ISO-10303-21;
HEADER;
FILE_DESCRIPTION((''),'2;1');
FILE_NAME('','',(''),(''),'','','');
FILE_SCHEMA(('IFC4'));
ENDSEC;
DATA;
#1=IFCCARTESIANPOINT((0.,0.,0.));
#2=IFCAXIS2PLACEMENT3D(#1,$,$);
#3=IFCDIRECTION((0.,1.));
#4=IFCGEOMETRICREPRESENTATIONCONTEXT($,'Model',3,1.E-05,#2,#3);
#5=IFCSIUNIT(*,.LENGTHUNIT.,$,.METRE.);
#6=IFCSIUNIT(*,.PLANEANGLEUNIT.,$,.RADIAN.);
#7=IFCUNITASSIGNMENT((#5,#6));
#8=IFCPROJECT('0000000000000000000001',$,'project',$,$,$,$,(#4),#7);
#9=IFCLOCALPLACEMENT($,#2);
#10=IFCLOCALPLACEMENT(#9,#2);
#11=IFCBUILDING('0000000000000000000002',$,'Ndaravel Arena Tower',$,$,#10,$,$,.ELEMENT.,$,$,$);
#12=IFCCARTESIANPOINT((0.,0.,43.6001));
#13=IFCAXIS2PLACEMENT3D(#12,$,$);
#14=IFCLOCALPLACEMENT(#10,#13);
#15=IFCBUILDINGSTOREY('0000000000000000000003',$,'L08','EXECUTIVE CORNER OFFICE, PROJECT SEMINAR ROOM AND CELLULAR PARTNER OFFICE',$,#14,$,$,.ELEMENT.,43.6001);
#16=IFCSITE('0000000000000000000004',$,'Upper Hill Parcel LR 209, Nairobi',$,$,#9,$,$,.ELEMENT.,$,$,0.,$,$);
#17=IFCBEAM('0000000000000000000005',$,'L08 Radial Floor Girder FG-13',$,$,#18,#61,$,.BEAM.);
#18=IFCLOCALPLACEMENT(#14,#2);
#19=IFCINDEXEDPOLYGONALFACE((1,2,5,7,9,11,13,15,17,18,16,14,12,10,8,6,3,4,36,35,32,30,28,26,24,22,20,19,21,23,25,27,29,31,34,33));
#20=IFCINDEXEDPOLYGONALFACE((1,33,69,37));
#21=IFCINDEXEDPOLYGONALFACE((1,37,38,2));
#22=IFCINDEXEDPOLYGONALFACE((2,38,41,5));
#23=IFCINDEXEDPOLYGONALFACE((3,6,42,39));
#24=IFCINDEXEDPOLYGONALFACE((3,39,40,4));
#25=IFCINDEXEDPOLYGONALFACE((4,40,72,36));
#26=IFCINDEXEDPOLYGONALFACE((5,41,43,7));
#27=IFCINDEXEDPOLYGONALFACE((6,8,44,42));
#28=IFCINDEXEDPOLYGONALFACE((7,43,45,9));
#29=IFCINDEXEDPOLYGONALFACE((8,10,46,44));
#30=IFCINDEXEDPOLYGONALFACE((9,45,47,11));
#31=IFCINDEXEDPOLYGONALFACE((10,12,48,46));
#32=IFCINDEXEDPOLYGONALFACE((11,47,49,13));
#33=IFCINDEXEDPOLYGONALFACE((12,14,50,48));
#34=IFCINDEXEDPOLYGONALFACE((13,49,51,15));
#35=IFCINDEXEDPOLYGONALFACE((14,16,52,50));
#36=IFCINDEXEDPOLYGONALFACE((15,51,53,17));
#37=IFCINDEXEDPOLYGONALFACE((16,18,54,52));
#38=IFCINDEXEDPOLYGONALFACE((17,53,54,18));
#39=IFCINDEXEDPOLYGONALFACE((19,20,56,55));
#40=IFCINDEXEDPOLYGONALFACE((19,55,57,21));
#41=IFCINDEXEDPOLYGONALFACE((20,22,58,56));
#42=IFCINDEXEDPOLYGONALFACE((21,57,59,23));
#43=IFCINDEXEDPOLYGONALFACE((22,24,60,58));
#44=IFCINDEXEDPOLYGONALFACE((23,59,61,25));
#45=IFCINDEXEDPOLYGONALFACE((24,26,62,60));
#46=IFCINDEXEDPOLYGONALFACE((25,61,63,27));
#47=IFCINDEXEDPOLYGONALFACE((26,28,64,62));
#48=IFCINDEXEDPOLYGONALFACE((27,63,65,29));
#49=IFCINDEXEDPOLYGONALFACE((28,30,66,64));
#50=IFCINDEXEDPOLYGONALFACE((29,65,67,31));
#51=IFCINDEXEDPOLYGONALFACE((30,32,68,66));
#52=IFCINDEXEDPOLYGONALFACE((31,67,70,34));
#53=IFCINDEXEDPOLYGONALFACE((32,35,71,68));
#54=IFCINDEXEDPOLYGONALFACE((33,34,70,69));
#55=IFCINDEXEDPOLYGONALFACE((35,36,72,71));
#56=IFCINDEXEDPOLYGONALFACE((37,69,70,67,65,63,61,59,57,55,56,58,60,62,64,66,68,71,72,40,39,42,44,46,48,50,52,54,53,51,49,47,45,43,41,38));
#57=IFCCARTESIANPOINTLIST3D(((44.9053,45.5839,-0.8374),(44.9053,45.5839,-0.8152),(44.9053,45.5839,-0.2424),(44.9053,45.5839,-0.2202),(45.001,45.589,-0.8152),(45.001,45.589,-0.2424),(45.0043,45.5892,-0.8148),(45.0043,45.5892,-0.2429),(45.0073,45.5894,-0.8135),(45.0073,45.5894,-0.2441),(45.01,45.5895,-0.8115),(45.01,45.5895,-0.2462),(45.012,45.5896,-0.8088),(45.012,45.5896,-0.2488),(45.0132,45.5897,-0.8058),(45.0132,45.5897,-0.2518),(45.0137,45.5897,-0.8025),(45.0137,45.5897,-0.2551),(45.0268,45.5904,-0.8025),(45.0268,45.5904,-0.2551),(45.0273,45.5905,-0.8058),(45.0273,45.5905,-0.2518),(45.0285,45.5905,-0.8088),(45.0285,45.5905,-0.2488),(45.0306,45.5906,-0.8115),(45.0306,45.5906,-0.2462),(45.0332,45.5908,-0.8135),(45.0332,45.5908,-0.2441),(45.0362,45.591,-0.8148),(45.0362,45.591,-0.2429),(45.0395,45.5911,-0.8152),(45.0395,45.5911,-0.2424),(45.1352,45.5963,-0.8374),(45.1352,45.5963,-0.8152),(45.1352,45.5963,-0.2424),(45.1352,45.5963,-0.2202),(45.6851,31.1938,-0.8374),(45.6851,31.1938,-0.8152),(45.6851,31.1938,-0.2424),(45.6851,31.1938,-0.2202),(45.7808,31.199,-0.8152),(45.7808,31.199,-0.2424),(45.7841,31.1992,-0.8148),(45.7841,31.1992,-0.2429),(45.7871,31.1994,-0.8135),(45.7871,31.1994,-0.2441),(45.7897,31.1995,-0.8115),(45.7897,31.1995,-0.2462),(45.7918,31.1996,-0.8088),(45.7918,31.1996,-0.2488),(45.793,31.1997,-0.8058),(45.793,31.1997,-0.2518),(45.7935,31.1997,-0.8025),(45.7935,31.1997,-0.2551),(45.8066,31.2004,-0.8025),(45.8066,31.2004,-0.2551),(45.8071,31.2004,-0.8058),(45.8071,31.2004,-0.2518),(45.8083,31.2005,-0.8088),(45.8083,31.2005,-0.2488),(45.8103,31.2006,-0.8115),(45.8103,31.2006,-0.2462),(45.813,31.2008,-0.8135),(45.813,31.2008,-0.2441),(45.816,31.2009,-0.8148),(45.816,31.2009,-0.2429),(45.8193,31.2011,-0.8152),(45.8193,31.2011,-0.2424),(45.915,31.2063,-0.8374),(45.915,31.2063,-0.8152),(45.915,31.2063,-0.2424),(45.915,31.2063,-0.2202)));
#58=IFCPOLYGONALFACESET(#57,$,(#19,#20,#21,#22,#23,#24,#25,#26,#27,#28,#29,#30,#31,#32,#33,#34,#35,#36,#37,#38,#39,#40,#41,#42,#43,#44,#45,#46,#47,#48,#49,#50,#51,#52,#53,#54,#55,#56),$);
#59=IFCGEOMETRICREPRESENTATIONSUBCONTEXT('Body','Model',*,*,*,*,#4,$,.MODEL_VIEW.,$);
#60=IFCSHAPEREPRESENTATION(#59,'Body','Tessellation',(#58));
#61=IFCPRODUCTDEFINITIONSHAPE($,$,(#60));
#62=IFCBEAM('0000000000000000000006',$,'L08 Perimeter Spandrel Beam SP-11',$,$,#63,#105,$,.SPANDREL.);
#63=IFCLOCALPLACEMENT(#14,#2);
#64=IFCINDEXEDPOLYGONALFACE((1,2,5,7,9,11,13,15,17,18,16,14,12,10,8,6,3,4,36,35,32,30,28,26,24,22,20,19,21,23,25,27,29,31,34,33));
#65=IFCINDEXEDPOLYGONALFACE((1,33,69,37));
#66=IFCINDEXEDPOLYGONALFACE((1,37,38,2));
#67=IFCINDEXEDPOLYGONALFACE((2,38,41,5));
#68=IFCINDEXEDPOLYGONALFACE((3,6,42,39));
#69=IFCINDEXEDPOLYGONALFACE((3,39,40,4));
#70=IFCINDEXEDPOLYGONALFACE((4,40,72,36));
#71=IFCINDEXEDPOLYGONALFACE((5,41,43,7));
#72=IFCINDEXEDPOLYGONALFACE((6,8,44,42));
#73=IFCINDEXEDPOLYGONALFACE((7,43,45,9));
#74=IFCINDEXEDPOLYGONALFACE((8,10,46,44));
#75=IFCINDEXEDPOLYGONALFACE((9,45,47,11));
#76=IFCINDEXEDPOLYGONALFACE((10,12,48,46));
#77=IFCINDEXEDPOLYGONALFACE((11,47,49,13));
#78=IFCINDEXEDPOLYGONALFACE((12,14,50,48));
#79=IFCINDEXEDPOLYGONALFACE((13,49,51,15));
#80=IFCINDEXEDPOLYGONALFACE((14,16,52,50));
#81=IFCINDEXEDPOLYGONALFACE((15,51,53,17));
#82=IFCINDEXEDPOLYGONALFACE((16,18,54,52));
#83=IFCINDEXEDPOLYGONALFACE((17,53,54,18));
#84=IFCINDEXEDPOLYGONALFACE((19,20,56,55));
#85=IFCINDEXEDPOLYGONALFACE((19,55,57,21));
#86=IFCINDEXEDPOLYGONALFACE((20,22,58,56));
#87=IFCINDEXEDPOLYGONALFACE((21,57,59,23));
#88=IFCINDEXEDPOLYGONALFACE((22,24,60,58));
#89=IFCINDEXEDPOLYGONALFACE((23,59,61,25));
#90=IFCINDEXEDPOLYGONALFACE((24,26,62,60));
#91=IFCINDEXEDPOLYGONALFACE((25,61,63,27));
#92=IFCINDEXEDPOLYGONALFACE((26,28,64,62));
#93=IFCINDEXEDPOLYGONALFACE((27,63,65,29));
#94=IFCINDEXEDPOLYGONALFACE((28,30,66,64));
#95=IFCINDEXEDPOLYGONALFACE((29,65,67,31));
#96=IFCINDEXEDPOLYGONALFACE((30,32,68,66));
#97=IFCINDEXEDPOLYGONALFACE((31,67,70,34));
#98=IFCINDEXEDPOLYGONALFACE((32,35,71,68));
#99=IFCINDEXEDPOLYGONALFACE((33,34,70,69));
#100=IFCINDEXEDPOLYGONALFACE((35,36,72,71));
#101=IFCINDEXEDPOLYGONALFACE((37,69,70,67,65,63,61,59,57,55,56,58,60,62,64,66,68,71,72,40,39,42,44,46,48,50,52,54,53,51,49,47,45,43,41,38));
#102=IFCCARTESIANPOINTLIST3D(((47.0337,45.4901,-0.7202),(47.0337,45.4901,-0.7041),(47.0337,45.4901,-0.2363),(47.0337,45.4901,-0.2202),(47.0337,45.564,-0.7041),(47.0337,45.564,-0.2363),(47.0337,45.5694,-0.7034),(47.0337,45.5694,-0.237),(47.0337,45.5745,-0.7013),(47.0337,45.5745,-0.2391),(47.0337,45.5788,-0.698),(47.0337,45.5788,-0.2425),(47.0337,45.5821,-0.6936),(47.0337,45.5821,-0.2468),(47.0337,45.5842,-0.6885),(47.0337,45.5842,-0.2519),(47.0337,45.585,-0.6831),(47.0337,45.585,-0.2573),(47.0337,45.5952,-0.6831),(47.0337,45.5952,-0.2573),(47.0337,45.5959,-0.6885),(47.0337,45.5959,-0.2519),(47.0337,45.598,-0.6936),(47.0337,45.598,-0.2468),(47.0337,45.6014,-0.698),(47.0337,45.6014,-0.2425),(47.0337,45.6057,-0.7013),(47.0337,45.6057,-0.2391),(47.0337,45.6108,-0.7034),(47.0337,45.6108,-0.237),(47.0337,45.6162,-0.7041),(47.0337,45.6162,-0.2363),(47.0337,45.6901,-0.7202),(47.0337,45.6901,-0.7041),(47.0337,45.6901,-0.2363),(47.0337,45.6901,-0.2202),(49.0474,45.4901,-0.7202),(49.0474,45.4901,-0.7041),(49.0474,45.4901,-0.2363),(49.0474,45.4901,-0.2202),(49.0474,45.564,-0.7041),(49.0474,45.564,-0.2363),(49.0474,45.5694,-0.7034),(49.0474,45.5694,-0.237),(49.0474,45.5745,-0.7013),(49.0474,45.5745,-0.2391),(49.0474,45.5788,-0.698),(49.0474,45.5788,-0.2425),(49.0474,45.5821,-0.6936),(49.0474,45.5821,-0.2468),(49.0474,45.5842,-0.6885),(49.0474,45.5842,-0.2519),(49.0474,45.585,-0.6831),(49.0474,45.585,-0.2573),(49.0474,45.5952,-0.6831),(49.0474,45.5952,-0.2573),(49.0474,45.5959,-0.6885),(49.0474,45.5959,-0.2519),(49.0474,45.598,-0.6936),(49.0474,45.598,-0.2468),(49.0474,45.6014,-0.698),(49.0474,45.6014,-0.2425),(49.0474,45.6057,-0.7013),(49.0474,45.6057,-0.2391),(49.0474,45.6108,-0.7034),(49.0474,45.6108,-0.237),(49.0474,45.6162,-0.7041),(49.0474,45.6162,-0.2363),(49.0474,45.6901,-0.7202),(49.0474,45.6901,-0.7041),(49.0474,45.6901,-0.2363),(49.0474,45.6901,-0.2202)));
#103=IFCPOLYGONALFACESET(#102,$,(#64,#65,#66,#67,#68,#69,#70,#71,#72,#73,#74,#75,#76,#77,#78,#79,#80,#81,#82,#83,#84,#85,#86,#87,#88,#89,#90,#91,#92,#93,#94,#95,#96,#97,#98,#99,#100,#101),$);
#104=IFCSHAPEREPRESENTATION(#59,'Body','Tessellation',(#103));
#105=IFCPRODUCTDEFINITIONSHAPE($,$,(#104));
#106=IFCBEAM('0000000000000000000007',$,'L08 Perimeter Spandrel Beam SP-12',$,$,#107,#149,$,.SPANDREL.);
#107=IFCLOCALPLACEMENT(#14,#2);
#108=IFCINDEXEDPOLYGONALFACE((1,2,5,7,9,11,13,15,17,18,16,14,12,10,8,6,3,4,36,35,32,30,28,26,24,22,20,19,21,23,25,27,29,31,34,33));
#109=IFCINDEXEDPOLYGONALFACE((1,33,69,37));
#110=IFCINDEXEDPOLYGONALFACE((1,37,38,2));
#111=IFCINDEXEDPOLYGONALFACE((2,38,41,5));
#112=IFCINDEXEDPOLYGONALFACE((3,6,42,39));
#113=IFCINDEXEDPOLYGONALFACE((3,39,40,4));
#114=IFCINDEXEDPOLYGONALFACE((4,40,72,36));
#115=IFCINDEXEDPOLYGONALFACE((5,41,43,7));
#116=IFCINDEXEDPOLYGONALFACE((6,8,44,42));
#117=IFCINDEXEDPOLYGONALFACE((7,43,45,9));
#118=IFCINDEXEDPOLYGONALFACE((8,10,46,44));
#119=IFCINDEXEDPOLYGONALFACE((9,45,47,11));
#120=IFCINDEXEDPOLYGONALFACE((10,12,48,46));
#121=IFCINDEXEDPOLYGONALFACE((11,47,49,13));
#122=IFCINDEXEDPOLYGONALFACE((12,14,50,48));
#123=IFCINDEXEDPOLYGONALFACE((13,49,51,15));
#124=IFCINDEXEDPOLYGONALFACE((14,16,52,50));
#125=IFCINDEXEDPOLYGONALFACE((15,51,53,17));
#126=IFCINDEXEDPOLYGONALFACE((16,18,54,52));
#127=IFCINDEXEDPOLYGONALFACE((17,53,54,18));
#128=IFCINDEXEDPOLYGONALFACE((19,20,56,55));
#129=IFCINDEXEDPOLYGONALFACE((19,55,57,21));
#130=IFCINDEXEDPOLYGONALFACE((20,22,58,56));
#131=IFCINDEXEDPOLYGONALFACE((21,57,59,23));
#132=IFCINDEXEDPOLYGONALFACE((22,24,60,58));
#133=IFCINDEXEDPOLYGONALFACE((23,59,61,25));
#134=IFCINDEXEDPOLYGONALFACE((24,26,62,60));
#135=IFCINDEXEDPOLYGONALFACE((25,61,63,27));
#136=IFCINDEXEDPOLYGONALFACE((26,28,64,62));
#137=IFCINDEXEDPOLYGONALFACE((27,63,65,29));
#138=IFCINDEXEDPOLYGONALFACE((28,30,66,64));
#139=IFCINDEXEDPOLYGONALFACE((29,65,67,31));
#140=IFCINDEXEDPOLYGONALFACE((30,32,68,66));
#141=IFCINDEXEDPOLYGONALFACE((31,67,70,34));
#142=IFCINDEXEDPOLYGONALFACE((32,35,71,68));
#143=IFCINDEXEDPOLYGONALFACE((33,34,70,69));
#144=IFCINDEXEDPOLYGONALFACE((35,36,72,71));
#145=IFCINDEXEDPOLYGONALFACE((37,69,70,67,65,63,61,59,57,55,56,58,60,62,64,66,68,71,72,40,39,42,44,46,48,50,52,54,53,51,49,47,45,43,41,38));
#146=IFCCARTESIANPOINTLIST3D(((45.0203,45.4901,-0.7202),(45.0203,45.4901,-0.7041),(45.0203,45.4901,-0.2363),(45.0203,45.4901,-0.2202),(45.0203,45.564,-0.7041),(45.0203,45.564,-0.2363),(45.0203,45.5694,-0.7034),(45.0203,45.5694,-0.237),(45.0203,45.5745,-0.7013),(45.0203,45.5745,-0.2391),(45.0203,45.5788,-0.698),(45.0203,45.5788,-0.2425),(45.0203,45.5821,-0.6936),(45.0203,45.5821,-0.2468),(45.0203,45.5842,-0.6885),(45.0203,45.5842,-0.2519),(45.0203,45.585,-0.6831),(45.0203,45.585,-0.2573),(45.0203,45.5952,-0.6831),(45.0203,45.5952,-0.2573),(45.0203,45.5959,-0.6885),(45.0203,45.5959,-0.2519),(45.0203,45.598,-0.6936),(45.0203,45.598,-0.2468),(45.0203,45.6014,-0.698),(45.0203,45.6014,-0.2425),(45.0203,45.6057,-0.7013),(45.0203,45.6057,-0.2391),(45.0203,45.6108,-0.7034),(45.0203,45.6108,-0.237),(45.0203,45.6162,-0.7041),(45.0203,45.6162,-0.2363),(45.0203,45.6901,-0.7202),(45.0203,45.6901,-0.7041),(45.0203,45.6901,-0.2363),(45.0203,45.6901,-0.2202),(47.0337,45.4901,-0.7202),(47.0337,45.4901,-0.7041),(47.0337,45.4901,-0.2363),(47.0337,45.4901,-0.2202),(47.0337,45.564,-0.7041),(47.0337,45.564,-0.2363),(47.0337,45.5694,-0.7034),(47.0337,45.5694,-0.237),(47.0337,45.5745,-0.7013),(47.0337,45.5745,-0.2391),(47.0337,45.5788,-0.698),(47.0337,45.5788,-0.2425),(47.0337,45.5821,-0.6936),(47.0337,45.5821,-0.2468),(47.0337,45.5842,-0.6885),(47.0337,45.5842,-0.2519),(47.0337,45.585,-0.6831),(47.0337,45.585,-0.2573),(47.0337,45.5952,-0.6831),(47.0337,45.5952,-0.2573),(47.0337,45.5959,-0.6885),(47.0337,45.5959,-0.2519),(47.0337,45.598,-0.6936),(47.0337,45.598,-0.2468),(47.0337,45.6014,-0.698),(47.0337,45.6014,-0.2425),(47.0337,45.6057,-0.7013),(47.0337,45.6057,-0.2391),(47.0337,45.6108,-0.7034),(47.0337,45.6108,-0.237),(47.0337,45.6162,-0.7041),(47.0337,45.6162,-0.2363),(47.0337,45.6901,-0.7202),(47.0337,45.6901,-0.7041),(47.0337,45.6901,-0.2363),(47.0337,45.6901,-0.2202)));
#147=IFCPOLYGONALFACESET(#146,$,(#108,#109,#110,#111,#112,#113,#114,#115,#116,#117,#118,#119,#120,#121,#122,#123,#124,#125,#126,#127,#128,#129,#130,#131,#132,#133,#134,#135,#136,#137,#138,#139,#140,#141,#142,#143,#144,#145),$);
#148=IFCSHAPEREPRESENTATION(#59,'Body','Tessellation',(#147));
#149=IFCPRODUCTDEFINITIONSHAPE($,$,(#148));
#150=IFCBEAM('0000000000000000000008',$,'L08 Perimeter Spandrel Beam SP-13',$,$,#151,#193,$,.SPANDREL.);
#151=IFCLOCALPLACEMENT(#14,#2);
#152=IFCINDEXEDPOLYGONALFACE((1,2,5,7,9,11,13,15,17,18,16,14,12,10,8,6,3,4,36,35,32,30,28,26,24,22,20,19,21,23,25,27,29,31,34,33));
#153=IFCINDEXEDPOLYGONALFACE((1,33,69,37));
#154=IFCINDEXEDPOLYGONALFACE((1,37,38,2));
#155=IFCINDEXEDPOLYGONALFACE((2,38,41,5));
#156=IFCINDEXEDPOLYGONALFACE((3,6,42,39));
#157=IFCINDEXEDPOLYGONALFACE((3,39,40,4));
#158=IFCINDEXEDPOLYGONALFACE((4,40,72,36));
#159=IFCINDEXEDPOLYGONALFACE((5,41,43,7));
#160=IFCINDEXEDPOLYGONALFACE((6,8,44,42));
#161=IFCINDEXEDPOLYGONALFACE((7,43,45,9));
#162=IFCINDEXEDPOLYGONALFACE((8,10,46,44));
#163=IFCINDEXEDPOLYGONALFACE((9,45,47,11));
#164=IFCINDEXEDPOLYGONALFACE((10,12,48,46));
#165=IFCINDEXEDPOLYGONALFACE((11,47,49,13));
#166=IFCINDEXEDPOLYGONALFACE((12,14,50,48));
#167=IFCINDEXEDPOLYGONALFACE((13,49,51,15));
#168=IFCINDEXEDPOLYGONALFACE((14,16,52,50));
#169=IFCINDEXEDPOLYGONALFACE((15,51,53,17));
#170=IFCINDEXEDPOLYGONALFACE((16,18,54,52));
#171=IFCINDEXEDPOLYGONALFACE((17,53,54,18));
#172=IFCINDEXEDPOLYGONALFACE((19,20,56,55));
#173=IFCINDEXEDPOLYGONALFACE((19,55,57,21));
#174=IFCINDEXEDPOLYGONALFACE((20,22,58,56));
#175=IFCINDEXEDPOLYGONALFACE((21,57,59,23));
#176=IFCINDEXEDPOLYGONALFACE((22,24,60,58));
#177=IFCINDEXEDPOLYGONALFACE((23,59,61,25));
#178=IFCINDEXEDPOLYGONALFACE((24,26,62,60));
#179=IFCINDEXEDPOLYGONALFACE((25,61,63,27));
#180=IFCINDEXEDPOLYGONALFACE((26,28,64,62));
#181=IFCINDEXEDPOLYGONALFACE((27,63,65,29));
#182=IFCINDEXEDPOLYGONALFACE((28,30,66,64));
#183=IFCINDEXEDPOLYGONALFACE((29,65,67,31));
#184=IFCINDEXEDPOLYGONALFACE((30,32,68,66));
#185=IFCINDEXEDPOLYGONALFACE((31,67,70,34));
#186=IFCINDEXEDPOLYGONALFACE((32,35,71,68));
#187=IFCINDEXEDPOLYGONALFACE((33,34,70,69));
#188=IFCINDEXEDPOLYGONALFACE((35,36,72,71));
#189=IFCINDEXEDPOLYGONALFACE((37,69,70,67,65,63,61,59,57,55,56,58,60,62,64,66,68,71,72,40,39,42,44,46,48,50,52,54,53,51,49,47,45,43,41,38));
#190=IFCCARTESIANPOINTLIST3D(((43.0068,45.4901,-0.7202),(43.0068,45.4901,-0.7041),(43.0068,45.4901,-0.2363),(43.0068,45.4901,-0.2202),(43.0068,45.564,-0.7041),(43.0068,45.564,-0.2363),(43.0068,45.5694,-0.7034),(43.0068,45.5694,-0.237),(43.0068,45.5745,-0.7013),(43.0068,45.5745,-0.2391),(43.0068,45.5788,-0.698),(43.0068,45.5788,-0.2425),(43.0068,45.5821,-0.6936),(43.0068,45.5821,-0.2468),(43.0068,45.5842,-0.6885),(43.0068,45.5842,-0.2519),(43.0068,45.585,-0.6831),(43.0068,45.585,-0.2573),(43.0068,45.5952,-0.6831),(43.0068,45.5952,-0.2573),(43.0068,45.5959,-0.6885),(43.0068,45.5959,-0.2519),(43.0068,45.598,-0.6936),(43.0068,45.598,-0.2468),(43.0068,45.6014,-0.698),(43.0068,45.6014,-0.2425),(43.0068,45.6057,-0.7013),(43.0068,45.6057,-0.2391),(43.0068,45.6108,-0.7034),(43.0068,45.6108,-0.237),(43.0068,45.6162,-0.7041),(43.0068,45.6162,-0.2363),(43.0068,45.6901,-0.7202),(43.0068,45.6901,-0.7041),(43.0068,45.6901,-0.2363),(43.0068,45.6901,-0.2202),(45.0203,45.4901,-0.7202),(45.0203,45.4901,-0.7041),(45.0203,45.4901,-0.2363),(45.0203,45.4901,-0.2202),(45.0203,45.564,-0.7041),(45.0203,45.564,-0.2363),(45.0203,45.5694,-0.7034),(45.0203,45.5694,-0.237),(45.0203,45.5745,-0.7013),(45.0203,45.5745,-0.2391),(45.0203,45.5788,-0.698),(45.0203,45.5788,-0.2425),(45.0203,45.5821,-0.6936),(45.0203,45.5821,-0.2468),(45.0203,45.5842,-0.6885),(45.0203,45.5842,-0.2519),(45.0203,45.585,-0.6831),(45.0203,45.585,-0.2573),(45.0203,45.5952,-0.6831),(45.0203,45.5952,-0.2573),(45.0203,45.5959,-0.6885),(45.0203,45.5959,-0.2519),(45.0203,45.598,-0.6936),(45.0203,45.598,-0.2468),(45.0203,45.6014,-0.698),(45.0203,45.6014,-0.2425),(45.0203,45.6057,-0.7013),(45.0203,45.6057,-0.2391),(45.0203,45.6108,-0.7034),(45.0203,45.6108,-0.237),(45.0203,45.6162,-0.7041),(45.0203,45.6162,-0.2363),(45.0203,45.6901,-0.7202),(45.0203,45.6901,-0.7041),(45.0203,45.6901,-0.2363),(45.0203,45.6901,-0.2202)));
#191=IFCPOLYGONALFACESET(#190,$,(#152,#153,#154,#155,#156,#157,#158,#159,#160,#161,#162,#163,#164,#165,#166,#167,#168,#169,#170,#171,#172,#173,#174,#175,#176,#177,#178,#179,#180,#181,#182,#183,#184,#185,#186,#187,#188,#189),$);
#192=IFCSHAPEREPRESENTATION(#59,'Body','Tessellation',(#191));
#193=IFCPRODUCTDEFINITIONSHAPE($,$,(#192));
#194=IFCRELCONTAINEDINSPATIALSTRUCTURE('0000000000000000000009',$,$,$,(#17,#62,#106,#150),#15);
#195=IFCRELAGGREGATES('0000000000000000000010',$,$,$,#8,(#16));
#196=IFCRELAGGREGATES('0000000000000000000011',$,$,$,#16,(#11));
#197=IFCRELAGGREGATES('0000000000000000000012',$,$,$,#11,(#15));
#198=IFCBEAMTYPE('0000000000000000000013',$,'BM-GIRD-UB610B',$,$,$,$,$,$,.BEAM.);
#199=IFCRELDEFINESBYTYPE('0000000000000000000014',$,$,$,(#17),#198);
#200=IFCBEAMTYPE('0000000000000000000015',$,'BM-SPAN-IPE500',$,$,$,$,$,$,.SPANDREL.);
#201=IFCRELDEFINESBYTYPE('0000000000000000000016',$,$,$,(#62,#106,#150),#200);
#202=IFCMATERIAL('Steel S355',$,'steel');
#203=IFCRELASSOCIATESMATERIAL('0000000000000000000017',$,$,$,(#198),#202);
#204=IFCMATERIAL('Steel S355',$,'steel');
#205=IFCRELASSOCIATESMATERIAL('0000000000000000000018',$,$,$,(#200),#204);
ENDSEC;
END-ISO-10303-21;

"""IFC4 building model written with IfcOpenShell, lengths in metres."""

from ifc_helpers import new_model, si_unit, direction, frame, origin, origin_2d, place, context, subcontext, project, spatial, i_section, extrude, material, material_profile, profile_set, type_object, element, save


model = new_model("IFC4")

# Units and contexts
model_context = context("Model", 3, precision=1e-05, world=origin(), true_north=direction((0.0, 1.0)))
body_context = subcontext(model_context, "Body", "Model", "MODEL_VIEW")
ifc_project = project(units=[si_unit("LENGTHUNIT", "METRE"), si_unit("PLANEANGLEUNIT", "RADIAN")], contexts=[model_context])

# Site, building, storey
site_placement = place(None, origin())
site = spatial("IfcSite", under=ifc_project, at=site_placement, Name="Upper Hill Parcel LR 209, Nairobi", CompositionType="ELEMENT", RefElevation=0.0)
building_placement = place(site_placement, origin())
building = spatial("IfcBuilding", under=site, at=building_placement, Name="Ndaravel Arena Tower", CompositionType="ELEMENT")
storey_placement = place(building_placement, frame((0.0, 0.0, 43.6001)))
storey = spatial("IfcBuildingStorey", under=building, at=storey_placement, Name="L08", Description="EXECUTIVE CORNER OFFICE, PROJECT SEMINAR ROOM AND CELLULAR PARTNER OFFICE", CompositionType="ELEMENT", Elevation=43.6001)

# Beams
ifc_material_1 = material(Name="Steel S355", Category="steel")
ifc_material_profile_1 = material_profile(ifc_material_1, i_section(OverallWidth=0.2302, OverallDepth=0.6172, WebThickness=0.0132, FlangeThickness=0.0222, FilletRadius=0.0127, at=origin_2d()), Name="UB 610x229x140")
ifc_profile_set_1 = profile_set([ifc_material_profile_1], Name="Steel S355")
beam_type_1 = type_object("IfcBeamType", Name="BM-GIRD-UB610B", PredefinedType="BEAM", material=ifc_profile_set_1)
beam_1_placement = place(storey_placement, frame((45.0203, 45.5901, -0.5288), z_axis=(0.054109, -0.998535, 0.0), x_axis=(0.998535, 0.054109, 0.0)))
element("IfcBeam", 1, at=beam_1_placement, inside=storey, type_object=beam_type_1, Name="L08 Radial Floor Girder FG-13", PredefinedType="BEAM", context=body_context, shape_type="SweptSolid", body=[
    extrude(i_section(OverallWidth=0.2302, OverallDepth=0.6172, WebThickness=0.0132, FlangeThickness=0.0222, FilletRadius=0.0127, at=origin_2d()), origin(), (0.0, 0.0, 1.0), 14.4111),
])
ifc_material_2 = material(Name="Steel S355", Category="steel")
ifc_material_profile_2 = material_profile(ifc_material_2, i_section(OverallWidth=0.2, OverallDepth=0.5, WebThickness=0.0103, FlangeThickness=0.0161, FilletRadius=0.021, at=origin_2d()), Name="IPE 500")
ifc_profile_set_2 = profile_set([ifc_material_profile_2], Name="Steel S355")
beam_type_2 = type_object("IfcBeamType", Name="BM-SPAN-IPE500", PredefinedType="SPANDREL", material=ifc_profile_set_2)
beam_2_placement = place(storey_placement, frame((49.0474, 45.5901, -0.4702), z_axis=(-1.0, 0.0, 0.0), x_axis=(0.0, -1.0, 0.0)))
element("IfcBeam", 2, at=beam_2_placement, inside=storey, type_object=beam_type_2, Name="L08 Perimeter Spandrel Beam SP-11", PredefinedType="SPANDREL", context=body_context, shape_type="SweptSolid", body=[
    extrude(i_section(OverallWidth=0.2, OverallDepth=0.5, WebThickness=0.0103, FlangeThickness=0.0161, FilletRadius=0.021, at=origin_2d()), origin(), (0.0, 0.0, 1.0), 2.0137),
])
for number, where, z_axis, x_axis, name in (
    (3, (47.0337, 45.5901, -0.4702), (-1.0, 0.0, 0.0), (0.0, -1.0, 0.0), "L08 Perimeter Spandrel Beam SP-12"),
    (4, (45.0203, 45.5901, -0.4702), (-1.0, 0.0, 0.0), (0.0, -1.0, 0.0), "L08 Perimeter Spandrel Beam SP-13"),
):
    element("IfcBeam", number, at=place(storey_placement, frame(where, z_axis=z_axis, x_axis=x_axis)), inside=storey, type_object=beam_type_2, Name=name, PredefinedType="SPANDREL", context=body_context, shape_type="SweptSolid", body=[
        extrude(i_section(OverallWidth=0.2, OverallDepth=0.5, WebThickness=0.0103, FlangeThickness=0.0161, FilletRadius=0.021, at=origin_2d()), origin(), (0.0, 0.0, 1.0), 2.0134),
    ])

save(model, "model.ifc")
